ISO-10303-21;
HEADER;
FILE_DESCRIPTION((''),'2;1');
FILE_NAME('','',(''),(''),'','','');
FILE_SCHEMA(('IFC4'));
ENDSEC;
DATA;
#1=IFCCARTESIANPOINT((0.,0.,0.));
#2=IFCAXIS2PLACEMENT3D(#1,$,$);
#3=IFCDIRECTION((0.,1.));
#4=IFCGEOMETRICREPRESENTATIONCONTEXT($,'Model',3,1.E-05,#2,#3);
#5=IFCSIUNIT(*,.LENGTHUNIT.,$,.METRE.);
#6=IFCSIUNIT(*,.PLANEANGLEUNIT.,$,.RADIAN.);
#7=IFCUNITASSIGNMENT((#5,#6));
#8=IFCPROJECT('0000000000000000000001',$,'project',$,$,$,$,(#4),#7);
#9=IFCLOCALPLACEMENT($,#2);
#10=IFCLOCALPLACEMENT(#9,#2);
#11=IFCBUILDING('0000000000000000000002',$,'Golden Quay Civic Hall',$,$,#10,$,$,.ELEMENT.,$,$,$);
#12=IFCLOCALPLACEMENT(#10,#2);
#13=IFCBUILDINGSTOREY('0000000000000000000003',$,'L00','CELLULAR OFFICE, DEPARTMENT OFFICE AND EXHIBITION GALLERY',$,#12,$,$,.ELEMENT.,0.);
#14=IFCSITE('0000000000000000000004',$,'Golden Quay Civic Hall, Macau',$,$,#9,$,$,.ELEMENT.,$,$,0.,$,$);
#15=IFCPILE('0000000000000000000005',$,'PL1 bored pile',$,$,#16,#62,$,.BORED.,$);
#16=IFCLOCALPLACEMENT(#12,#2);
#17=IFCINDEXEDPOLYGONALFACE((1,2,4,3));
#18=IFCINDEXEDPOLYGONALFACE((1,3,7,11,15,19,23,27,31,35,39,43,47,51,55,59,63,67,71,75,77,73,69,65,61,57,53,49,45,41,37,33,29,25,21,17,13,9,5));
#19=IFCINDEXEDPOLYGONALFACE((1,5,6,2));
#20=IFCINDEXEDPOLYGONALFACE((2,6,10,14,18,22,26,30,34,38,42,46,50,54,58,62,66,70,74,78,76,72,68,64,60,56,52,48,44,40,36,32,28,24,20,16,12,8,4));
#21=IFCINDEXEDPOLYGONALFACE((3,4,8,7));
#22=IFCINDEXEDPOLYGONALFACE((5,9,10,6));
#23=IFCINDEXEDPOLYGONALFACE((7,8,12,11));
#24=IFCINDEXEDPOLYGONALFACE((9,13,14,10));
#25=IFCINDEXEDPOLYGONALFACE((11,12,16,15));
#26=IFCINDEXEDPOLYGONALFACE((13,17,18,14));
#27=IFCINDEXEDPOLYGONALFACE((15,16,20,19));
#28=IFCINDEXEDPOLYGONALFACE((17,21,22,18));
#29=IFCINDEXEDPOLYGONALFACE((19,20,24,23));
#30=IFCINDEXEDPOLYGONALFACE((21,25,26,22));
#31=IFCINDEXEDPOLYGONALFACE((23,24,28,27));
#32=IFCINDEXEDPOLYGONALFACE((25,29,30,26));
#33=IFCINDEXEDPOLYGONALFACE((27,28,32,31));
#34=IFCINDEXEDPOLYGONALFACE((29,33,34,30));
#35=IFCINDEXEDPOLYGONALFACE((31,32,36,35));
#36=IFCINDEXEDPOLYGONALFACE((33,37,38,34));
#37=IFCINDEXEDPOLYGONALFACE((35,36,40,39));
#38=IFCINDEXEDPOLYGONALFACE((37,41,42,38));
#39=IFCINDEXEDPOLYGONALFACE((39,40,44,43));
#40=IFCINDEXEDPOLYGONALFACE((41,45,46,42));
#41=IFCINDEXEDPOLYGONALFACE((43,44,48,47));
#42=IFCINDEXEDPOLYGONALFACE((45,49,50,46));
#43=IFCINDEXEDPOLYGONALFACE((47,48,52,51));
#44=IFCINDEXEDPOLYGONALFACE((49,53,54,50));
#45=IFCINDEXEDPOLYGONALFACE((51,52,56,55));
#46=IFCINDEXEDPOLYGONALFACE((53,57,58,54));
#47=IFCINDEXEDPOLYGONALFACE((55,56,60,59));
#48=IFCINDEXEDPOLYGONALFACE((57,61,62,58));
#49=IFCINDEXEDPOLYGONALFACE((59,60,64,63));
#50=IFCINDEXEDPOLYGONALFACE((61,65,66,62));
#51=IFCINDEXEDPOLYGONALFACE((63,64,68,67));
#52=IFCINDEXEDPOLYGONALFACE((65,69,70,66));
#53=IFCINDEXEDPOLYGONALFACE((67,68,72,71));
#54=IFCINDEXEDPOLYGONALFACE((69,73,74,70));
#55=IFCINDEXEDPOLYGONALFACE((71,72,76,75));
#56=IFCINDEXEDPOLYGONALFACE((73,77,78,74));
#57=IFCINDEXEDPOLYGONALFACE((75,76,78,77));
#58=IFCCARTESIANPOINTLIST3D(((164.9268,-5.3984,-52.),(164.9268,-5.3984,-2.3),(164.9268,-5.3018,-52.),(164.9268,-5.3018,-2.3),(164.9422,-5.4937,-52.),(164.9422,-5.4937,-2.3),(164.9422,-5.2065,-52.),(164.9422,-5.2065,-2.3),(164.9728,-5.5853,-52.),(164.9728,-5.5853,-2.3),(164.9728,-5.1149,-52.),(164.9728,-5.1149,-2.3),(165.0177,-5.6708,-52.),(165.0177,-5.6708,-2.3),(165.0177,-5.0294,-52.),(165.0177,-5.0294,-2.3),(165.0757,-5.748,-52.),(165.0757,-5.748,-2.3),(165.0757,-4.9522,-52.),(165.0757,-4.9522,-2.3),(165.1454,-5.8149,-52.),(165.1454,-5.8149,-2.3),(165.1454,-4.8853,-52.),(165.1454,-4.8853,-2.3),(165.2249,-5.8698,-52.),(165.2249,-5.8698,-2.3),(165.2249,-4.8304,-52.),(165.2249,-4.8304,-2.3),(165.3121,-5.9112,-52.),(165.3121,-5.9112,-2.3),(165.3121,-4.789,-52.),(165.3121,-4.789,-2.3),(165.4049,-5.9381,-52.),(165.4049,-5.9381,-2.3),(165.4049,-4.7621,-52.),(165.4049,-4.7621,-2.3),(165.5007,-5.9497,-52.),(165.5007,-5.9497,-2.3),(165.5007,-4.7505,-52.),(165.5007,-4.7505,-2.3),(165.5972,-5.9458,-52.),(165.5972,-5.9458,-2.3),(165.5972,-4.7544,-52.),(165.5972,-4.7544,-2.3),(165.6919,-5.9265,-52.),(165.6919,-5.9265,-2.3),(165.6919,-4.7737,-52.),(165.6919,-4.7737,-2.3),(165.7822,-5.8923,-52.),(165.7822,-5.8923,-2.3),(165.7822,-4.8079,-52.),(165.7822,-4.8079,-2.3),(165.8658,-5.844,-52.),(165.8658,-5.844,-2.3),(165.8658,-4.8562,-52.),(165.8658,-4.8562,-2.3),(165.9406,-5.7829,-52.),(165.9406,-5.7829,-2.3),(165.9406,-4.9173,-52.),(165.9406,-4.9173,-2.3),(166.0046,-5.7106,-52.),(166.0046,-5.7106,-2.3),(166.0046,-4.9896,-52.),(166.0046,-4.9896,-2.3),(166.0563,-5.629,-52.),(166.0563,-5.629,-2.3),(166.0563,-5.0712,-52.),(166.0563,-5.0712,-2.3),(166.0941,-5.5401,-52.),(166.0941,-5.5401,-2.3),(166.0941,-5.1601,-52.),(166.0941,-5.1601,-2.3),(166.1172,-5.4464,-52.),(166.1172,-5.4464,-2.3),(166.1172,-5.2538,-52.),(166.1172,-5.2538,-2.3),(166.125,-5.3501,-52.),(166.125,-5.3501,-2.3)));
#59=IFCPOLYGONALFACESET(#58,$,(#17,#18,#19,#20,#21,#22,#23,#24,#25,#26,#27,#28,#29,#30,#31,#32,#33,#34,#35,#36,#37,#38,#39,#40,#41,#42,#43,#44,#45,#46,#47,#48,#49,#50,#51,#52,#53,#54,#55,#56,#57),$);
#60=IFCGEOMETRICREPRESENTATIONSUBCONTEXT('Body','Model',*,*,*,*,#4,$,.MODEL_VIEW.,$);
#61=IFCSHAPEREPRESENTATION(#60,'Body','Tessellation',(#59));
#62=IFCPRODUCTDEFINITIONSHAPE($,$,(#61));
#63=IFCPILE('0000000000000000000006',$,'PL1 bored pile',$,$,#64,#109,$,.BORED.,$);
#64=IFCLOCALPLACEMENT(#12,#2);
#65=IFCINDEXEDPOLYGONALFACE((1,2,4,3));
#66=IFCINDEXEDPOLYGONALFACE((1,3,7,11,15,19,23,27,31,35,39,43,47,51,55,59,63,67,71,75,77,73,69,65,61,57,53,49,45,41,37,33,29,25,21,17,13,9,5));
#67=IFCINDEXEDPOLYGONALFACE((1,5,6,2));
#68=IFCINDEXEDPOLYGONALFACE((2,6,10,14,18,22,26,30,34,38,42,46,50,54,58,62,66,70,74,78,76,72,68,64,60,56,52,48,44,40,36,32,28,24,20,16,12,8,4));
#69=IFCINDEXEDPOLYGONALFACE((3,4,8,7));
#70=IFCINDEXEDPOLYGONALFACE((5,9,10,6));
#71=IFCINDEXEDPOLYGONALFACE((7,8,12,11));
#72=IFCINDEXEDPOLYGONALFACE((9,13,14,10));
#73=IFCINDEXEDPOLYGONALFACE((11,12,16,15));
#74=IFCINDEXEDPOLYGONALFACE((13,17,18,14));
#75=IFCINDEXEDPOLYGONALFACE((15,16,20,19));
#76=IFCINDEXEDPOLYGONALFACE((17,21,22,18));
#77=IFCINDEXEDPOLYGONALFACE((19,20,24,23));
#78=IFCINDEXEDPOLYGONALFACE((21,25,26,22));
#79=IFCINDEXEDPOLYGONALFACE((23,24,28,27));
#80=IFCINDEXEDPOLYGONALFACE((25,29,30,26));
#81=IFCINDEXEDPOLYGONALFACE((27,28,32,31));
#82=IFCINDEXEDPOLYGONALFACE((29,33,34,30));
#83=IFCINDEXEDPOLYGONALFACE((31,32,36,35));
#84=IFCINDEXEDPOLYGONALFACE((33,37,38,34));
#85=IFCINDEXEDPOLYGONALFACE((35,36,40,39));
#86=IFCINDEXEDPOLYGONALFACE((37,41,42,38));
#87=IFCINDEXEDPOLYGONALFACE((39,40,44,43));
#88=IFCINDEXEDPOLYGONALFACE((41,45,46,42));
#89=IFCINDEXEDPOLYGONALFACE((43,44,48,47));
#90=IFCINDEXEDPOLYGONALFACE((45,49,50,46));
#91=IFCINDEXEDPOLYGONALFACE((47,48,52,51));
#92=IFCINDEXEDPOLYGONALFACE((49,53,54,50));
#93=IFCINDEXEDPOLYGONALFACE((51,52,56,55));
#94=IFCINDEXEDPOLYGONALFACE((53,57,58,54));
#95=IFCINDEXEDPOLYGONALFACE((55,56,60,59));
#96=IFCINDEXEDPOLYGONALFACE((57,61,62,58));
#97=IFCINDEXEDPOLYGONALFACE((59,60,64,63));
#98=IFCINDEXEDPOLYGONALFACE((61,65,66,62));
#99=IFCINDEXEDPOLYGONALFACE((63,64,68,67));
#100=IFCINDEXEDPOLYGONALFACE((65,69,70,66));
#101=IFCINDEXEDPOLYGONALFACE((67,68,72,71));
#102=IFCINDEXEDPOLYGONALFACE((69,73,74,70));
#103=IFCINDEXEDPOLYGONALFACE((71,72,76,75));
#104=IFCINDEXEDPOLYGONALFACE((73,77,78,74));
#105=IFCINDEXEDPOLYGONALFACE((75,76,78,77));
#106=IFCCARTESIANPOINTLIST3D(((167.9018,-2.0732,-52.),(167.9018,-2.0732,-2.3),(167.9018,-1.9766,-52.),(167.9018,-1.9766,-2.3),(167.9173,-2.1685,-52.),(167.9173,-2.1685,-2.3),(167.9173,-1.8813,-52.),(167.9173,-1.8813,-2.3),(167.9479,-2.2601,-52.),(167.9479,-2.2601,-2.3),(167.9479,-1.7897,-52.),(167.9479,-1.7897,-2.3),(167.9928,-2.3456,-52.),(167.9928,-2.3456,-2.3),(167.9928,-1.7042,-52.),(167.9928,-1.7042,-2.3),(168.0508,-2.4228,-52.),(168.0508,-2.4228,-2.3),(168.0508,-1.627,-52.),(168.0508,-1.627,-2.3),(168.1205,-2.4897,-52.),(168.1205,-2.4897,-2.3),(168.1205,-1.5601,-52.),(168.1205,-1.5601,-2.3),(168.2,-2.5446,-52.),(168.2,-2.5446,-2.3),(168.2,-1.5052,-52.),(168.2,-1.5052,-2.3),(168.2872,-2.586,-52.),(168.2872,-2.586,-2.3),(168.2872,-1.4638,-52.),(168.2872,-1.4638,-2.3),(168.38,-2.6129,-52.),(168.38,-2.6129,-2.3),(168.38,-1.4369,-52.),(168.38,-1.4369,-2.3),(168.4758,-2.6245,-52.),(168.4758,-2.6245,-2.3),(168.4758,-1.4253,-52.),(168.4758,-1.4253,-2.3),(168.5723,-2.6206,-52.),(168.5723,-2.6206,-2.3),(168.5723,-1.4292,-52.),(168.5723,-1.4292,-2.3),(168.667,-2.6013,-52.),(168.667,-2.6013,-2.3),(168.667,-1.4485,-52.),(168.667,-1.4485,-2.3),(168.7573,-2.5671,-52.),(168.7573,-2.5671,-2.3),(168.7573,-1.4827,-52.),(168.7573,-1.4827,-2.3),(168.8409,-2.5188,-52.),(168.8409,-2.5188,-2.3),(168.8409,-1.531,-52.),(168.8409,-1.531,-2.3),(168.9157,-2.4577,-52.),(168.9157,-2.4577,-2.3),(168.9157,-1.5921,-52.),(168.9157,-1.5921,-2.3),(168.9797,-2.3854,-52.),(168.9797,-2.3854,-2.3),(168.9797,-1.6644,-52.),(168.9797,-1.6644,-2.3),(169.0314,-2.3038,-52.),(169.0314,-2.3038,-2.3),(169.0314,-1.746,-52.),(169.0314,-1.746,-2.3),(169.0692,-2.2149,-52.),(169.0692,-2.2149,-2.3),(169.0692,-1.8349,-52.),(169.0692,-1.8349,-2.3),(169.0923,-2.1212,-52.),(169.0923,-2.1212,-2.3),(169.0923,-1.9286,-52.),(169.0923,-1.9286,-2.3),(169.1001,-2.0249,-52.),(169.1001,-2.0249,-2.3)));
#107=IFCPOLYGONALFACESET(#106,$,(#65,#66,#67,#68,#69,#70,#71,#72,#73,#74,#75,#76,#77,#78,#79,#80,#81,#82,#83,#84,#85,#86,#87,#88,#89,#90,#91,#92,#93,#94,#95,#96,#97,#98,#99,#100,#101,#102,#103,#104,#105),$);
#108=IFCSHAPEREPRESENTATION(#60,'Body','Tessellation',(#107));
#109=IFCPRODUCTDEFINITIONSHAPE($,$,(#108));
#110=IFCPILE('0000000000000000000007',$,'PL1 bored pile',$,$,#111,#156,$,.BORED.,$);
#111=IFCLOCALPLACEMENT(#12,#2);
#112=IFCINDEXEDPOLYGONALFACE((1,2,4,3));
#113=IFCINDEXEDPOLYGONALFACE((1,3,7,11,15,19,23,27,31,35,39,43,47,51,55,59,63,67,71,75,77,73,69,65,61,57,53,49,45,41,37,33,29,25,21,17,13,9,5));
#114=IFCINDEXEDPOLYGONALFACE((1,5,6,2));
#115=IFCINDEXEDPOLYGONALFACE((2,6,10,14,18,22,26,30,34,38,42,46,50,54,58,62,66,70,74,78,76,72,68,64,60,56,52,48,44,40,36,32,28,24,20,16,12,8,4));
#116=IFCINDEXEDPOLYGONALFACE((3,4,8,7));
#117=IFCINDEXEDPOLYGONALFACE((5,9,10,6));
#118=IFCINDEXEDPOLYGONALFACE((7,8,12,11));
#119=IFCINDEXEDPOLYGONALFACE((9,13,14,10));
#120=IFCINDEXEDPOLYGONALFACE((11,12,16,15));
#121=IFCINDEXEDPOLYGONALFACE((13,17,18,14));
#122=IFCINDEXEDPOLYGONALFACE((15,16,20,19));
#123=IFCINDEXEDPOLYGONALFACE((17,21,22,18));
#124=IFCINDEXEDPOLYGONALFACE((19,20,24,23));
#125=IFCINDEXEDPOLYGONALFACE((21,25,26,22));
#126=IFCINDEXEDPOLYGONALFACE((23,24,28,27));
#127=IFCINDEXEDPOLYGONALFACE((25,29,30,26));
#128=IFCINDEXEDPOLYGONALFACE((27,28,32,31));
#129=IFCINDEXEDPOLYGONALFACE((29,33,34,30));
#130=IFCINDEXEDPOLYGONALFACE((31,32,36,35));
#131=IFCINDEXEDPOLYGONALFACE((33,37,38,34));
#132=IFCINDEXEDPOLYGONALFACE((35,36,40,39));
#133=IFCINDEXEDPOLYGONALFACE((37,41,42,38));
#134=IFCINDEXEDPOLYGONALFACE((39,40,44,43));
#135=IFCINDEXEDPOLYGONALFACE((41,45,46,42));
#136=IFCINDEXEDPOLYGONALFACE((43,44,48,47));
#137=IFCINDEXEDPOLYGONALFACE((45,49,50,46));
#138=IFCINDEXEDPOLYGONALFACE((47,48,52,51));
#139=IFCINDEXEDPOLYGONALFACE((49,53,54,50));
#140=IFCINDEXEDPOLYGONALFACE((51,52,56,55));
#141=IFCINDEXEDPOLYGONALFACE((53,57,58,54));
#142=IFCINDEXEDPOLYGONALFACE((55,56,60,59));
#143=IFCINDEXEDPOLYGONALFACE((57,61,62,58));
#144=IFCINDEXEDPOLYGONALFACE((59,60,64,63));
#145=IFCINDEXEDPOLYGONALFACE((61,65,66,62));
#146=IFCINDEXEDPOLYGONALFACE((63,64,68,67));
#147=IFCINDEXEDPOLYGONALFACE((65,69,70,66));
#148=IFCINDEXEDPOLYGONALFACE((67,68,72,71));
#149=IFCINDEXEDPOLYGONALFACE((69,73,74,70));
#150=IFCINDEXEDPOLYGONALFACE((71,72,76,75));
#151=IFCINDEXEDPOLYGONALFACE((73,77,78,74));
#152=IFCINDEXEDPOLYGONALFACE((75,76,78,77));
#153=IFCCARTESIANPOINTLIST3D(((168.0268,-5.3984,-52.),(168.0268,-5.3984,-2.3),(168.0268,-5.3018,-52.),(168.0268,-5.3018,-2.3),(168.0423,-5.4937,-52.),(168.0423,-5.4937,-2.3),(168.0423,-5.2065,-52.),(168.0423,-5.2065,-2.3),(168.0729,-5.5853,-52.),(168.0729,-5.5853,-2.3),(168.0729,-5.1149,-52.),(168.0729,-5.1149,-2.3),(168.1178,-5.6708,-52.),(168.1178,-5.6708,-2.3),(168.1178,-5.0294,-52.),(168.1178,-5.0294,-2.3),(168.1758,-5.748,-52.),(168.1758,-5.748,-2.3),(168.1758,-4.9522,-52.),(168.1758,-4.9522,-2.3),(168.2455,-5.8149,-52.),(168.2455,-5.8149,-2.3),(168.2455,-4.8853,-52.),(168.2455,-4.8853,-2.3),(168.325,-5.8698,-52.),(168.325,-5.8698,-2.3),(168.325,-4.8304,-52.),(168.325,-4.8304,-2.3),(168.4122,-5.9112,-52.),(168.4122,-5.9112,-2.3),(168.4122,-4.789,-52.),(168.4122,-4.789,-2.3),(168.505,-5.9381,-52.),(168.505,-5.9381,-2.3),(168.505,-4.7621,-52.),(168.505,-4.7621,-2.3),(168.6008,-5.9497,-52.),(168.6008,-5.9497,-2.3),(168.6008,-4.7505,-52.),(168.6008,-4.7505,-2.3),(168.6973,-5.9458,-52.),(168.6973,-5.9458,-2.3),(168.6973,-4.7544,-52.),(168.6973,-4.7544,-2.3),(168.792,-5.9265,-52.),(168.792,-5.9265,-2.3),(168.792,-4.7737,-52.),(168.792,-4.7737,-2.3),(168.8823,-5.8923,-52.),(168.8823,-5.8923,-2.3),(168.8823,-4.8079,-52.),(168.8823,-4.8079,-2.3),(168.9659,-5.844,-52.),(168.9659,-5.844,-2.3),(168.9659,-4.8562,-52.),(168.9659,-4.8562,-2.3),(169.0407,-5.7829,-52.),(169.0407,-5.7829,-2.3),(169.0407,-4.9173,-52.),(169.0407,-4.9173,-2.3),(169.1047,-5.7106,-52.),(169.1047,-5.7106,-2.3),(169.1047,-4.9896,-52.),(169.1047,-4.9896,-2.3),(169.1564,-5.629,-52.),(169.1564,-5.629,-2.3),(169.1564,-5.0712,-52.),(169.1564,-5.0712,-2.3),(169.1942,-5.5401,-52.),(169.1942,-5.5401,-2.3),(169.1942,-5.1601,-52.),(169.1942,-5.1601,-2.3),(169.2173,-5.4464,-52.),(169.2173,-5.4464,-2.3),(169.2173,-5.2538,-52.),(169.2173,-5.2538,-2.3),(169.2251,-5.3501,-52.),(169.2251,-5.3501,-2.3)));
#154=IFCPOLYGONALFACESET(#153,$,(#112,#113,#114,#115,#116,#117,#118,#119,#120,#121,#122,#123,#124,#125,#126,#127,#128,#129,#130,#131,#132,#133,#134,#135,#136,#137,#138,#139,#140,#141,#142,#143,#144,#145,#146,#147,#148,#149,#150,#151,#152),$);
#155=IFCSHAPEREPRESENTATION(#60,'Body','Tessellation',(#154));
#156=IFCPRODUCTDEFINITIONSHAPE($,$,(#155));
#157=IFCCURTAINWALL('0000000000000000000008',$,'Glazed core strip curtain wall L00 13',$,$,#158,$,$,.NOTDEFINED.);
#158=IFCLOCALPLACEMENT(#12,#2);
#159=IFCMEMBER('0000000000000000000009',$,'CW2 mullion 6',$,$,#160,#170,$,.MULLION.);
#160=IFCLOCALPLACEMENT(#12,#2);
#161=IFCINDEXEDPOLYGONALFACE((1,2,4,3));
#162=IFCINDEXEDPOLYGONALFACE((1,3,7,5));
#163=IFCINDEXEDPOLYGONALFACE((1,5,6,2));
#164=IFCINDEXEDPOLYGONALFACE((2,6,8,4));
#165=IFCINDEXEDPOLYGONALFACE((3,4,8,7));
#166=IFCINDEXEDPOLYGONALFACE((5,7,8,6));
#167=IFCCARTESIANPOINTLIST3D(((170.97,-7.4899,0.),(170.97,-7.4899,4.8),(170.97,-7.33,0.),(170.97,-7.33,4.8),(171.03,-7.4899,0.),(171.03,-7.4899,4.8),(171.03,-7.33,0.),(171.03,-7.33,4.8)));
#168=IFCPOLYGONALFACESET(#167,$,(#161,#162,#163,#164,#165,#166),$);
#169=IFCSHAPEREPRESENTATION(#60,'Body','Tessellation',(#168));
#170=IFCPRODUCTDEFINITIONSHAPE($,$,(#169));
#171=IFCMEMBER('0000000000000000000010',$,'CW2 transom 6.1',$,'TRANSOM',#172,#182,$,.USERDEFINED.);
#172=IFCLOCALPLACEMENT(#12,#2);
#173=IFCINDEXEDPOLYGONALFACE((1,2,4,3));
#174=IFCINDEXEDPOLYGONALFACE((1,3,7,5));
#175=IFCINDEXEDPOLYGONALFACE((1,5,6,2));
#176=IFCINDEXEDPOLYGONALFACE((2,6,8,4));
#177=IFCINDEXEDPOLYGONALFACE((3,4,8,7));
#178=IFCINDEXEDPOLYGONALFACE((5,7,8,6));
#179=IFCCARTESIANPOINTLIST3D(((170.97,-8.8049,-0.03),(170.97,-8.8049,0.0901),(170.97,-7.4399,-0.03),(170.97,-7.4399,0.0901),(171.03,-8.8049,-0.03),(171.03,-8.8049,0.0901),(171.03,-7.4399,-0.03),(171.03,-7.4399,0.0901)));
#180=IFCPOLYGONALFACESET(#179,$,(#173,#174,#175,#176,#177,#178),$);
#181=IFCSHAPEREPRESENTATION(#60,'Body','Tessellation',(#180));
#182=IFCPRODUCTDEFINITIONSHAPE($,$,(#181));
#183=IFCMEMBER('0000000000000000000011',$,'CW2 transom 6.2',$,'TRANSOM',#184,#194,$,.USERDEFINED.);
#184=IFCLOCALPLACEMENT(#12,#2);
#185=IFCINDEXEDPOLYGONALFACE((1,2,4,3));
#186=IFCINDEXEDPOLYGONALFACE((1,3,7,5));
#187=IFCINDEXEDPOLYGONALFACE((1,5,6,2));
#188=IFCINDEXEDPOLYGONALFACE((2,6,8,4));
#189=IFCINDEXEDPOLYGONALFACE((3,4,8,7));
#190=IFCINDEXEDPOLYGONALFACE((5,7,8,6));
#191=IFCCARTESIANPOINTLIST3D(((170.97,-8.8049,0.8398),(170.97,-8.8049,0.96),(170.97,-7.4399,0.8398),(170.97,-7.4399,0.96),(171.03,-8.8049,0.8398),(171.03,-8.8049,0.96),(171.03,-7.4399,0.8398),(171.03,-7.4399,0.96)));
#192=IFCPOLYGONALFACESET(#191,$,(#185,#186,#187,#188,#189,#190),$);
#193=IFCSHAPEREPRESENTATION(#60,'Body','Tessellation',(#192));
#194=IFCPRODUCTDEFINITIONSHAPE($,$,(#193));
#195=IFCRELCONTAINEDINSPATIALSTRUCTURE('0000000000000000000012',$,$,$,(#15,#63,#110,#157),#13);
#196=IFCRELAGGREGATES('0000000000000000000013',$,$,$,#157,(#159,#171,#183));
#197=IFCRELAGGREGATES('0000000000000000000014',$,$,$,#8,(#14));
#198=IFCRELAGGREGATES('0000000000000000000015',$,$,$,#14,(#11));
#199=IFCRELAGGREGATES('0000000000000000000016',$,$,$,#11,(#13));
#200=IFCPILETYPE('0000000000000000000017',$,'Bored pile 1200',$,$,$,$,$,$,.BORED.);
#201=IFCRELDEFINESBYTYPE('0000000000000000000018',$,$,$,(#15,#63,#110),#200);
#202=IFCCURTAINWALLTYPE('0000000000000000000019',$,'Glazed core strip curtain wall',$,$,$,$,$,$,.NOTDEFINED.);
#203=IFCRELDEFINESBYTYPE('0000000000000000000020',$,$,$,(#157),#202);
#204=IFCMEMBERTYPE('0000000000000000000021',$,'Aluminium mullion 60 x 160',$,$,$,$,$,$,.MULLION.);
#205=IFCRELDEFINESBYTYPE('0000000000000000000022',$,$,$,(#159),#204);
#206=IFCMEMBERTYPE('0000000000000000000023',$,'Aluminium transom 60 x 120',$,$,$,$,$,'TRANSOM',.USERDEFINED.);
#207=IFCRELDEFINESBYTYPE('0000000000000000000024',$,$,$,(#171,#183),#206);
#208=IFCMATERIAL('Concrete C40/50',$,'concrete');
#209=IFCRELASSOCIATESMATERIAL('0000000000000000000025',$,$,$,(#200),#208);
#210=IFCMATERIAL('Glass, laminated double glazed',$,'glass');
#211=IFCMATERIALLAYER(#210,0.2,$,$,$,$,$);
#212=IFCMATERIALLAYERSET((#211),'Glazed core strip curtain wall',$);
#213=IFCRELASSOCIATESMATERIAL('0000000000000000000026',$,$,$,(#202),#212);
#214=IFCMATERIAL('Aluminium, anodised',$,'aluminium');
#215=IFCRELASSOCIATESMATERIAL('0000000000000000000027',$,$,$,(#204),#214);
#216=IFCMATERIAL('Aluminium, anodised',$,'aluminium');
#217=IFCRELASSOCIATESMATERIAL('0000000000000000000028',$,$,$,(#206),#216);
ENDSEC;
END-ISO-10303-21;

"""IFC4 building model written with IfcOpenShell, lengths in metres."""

from ifc_helpers import new_model, si_unit, direction, frame, origin, origin_2d, place, context, subcontext, project, spatial, rectangle, circle, extrude, material, layer, layer_set, material_profile, profile_set, type_object, element, aggregate, save


model = new_model("IFC4")

# Units and contexts
model_context = context("Model", 3, precision=1e-05, world=origin(), true_north=direction((0.0, 1.0)))
body_context = subcontext(model_context, "Body", "Model", "MODEL_VIEW")
ifc_project = project(units=[si_unit("LENGTHUNIT", "METRE"), si_unit("PLANEANGLEUNIT", "RADIAN")], contexts=[model_context])

# Site, building, storey
site_placement = place(None, origin())
site = spatial("IfcSite", under=ifc_project, at=site_placement, Name="Golden Quay Civic Hall, Macau", CompositionType="ELEMENT", RefElevation=0.0)
building_placement = place(site_placement, origin())
building = spatial("IfcBuilding", under=site, at=building_placement, Name="Golden Quay Civic Hall", CompositionType="ELEMENT")
storey_placement = place(building_placement, origin())
storey = spatial("IfcBuildingStorey", under=building, at=storey_placement, Name="L00", Description="CELLULAR OFFICE, DEPARTMENT OFFICE AND EXHIBITION GALLERY", CompositionType="ELEMENT", Elevation=0.0)

# Piles
ifc_material_1 = material(Name="Concrete C40/50", Category="concrete")
ifc_material_profile_1 = material_profile(ifc_material_1, circle(Radius=0.6001, at=origin_2d()), Name="RC D1200")
ifc_profile_set_1 = profile_set([ifc_material_profile_1], Name="Concrete C40/50")
pile_type = type_object("IfcPileType", Name="Bored pile 1200", PredefinedType="BORED", material=ifc_profile_set_1)
for number, where, z_axis, x_axis, name in (
    (1, (165.5249, -5.3501, -2.3), (0.0, 0.0, -1.0), (1.0, 0.0, 0.0), "PL1 bored pile"),
    (2, (168.5, -2.0249, -2.3), (0.0, 0.0, -1.0), (1.0, 0.0, 0.0), "PL1 bored pile"),
    (3, (168.625, -5.3501, -2.3), (0.0, 0.0, -1.0), (1.0, 0.0, 0.0), "PL1 bored pile"),
):
    element("IfcPile", number, at=place(storey_placement, frame(where, z_axis=z_axis, x_axis=x_axis)), inside=storey, type_object=pile_type, Name=name, PredefinedType="BORED", context=body_context, shape_type="SweptSolid", body=[
        extrude(circle(Radius=0.6001, at=origin_2d()), origin(), (0.0, 0.0, 1.0), 49.7),
    ])

# Curtain wall, members
ifc_material_2 = material(Name="Glass, laminated double glazed", Category="glass")
ifc_layer_1 = layer(ifc_material_2, 0.2)
ifc_layer_set_1 = layer_set([ifc_layer_1], Name="Glazed core strip curtain wall")
curtain_wall_type = type_object("IfcCurtainWallType", Name="Glazed core strip curtain wall", PredefinedType="NOTDEFINED", material=ifc_layer_set_1)
curtain_wall_placement = place(storey_placement, origin())
curtain_wall = element("IfcCurtainWall", 4, at=curtain_wall_placement, inside=storey, type_object=curtain_wall_type, Name="Glazed core strip curtain wall L00 13", PredefinedType="NOTDEFINED")
ifc_material_3 = material(Name="Aluminium, anodised", Category="aluminium")
ifc_material_profile_2 = material_profile(ifc_material_3, rectangle(XDim=0.0601, YDim=0.1599, at=origin_2d()), Name="Aluminium 60 x 160")
ifc_profile_set_2 = profile_set([ifc_material_profile_2], Name="Aluminium, anodised")
member_type_1 = type_object("IfcMemberType", Name="Aluminium mullion 60 x 160", PredefinedType="MULLION", material=ifc_profile_set_2)
member_1_placement = place(storey_placement, frame((171.0, -7.4099, 0.0), z_axis=(0.0, 0.0, 1.0), x_axis=(1.0, 0.0, 0.0)))
member_1 = element("IfcMember", 5, at=member_1_placement, type_object=member_type_1, Name="CW2 mullion 6", PredefinedType="MULLION", context=body_context, shape_type="SweptSolid", body=[
    extrude(rectangle(XDim=0.0601, YDim=0.1599, at=origin_2d()), origin(), (0.0, 0.0, 1.0), 4.8),
])
ifc_material_4 = material(Name="Aluminium, anodised", Category="aluminium")
ifc_material_profile_3 = material_profile(ifc_material_4, rectangle(XDim=0.0601, YDim=0.1201, at=origin_2d()), Name="Aluminium 60 x 120")
ifc_profile_set_3 = profile_set([ifc_material_profile_3], Name="Aluminium, anodised")
member_type_2 = type_object("IfcMemberType", Name="Aluminium transom 60 x 120", ElementType="TRANSOM", PredefinedType="USERDEFINED", material=ifc_profile_set_3)
member_2_placement = place(storey_placement, frame((171.0, -7.4399, 0.03), z_axis=(0.0, -1.0, 0.0), x_axis=(1.0, 0.0, 0.0)))
member_2 = element("IfcMember", 6, at=member_2_placement, type_object=member_type_2, Name="CW2 transom 6.1", ObjectType="TRANSOM", PredefinedType="USERDEFINED", context=body_context, shape_type="SweptSolid", body=[
    extrude(rectangle(XDim=0.0601, YDim=0.1201, at=origin_2d()), origin(), (0.0, 0.0, 1.0), 1.365),
])
member_3_placement = place(storey_placement, frame((171.0, -7.4399, 0.8999), z_axis=(0.0, -1.0, 0.0), x_axis=(1.0, 0.0, 0.0)))
member_3 = element("IfcMember", 7, at=member_3_placement, type_object=member_type_2, Name="CW2 transom 6.2", ObjectType="TRANSOM", PredefinedType="USERDEFINED", context=body_context, shape_type="SweptSolid", body=[
    extrude(rectangle(XDim=0.0601, YDim=0.1201, at=origin_2d()), origin(), (0.0, 0.0, 1.0), 1.365),
])
aggregate(curtain_wall, [member_1, member_2, member_3])

save(model, "model.ifc")
